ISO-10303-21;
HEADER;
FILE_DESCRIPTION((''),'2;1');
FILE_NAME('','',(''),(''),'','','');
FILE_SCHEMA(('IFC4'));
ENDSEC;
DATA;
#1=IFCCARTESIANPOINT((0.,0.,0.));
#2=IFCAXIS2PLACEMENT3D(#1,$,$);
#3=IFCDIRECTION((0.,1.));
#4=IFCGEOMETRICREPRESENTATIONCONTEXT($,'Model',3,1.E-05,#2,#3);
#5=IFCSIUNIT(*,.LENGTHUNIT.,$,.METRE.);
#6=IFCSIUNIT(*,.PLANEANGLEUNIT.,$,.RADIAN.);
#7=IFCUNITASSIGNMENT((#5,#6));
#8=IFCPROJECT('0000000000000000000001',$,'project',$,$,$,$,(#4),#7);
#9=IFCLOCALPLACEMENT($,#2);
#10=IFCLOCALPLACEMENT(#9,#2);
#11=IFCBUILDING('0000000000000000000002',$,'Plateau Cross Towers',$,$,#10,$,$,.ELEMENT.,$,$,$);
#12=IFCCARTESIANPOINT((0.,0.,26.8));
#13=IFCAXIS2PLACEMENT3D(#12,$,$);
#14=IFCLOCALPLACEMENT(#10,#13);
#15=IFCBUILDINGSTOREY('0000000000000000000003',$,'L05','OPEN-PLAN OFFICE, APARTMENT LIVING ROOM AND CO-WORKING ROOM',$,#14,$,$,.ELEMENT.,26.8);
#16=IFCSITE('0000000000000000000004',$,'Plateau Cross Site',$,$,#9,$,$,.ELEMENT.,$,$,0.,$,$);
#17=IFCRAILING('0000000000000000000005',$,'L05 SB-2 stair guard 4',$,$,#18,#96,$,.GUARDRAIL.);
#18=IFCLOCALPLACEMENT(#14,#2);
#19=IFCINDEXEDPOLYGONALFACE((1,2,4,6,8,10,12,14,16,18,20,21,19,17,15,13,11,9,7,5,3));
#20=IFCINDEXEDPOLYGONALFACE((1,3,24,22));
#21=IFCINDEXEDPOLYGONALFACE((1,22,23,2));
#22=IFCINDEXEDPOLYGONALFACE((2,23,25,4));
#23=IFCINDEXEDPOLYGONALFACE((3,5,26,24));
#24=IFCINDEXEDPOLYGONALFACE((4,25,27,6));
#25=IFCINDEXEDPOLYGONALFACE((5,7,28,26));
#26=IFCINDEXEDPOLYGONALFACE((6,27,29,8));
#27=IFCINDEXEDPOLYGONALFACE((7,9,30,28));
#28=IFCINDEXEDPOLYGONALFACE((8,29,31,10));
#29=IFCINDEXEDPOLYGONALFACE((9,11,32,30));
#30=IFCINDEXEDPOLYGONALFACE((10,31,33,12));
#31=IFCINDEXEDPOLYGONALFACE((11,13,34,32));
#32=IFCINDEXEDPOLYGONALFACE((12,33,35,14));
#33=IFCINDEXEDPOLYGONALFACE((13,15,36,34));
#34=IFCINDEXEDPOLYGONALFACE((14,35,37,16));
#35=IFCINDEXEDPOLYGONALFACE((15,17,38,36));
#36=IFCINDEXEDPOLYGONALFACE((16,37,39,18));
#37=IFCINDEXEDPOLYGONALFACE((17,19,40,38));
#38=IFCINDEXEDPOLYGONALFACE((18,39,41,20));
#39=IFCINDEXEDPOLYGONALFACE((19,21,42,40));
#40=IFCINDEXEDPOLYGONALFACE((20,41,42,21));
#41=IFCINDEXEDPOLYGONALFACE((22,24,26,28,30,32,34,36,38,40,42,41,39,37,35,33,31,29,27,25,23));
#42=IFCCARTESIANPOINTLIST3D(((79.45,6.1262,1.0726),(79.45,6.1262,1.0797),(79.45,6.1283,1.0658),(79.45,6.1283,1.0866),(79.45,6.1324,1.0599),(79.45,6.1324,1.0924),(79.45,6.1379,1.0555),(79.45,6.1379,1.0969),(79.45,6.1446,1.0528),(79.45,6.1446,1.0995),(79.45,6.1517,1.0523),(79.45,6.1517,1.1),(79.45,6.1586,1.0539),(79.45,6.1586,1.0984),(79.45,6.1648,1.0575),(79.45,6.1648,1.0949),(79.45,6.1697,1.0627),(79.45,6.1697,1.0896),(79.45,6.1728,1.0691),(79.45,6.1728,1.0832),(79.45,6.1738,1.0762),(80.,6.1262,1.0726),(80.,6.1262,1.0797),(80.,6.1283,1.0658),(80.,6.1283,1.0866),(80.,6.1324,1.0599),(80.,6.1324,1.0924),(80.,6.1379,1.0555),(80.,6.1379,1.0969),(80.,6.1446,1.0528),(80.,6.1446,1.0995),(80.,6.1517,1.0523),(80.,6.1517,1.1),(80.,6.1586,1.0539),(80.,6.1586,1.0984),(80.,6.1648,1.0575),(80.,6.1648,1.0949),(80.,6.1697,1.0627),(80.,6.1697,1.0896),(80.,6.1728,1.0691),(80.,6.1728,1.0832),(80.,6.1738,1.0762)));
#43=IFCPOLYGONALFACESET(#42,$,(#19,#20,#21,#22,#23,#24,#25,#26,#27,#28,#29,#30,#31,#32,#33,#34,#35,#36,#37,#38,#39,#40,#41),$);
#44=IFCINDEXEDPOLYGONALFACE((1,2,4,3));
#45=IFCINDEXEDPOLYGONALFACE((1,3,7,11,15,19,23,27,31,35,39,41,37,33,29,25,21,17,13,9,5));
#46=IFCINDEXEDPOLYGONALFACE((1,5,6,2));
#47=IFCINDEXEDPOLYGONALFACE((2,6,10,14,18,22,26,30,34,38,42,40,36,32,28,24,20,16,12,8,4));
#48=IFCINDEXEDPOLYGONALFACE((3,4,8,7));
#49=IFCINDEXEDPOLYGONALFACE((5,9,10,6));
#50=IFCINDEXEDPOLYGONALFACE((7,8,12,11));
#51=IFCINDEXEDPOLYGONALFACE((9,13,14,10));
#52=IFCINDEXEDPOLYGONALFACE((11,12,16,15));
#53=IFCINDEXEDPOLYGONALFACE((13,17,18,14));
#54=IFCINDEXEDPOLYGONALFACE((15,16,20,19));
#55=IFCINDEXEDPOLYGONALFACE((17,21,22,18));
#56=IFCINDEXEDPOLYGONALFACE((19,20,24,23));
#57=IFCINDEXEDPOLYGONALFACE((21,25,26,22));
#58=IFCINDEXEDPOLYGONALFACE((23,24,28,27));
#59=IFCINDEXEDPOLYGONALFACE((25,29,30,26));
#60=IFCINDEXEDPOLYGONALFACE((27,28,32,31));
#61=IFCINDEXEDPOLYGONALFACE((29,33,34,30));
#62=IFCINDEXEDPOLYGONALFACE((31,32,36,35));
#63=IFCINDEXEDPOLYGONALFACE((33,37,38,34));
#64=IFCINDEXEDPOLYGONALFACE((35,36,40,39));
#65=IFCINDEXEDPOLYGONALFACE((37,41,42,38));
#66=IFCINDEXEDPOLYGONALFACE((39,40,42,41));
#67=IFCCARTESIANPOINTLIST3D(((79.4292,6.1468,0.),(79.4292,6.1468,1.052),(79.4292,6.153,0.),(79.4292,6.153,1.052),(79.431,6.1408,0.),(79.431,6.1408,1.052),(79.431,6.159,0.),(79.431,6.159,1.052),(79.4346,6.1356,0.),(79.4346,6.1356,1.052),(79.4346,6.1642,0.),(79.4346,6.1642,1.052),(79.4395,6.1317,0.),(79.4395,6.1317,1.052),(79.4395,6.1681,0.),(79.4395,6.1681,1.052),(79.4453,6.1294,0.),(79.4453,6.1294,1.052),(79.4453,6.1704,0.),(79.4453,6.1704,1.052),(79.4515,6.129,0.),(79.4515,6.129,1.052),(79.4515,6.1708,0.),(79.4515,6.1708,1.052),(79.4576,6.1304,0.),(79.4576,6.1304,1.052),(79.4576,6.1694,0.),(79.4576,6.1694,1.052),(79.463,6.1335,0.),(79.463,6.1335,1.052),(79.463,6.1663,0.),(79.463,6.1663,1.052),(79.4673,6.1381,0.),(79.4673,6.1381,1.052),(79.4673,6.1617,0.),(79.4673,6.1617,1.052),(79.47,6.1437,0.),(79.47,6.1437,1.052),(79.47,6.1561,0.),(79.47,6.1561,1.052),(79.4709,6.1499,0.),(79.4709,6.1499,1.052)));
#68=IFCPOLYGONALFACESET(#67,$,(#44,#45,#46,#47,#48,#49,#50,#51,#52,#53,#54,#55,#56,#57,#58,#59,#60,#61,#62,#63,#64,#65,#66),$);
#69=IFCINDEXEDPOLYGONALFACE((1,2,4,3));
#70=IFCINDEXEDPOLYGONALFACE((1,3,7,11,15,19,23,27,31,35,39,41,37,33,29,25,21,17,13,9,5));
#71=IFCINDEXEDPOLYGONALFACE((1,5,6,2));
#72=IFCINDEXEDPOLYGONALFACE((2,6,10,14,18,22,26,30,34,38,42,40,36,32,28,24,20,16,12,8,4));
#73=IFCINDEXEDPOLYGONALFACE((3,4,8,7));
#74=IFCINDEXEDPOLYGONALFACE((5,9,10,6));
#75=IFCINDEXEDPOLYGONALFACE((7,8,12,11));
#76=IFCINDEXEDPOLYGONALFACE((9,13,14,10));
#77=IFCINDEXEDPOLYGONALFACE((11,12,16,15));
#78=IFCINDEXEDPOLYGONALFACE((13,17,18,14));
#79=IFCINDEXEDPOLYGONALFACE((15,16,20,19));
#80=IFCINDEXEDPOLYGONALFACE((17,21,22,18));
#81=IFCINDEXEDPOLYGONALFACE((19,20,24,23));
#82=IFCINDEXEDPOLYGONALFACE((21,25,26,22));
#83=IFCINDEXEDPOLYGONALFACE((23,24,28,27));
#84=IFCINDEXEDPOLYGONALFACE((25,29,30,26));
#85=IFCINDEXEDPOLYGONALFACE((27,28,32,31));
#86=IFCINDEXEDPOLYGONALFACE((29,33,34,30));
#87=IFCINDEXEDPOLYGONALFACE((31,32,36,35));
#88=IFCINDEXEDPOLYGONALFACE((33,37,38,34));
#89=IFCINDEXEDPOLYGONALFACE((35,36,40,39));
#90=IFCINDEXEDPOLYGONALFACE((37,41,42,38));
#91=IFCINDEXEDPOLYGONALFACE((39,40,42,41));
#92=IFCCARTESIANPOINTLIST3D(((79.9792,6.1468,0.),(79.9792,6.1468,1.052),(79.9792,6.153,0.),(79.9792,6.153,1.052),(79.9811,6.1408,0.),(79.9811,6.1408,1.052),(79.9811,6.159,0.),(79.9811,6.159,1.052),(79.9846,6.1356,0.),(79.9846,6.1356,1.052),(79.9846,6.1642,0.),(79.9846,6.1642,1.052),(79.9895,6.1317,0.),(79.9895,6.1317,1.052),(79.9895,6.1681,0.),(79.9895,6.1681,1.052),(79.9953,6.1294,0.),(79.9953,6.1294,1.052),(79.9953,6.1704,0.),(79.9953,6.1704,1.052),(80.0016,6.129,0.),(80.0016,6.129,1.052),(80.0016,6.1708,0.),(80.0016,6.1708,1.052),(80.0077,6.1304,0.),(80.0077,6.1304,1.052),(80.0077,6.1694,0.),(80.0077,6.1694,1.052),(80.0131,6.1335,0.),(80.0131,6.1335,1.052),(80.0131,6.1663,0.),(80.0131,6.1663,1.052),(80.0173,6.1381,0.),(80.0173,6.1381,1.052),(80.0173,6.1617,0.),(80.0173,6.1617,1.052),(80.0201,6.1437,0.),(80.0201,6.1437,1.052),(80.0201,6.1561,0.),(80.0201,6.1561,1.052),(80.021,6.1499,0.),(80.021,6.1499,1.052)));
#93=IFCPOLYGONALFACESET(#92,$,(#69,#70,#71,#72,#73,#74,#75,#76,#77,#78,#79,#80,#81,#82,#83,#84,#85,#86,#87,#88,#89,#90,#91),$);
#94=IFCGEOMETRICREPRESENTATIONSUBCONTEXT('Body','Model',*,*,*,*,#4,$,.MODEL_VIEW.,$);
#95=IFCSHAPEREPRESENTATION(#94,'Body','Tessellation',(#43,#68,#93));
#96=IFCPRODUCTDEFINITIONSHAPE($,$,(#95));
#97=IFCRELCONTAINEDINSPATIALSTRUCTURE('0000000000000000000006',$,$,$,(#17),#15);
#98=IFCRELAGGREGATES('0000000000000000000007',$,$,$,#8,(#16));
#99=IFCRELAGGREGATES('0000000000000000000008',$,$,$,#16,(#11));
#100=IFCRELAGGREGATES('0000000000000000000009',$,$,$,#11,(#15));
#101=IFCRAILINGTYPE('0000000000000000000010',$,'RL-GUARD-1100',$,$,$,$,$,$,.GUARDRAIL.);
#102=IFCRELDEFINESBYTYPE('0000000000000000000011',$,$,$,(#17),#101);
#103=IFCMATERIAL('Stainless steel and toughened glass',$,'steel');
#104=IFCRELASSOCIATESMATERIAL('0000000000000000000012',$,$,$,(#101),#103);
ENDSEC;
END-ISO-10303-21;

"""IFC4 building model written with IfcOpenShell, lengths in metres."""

from ifc_helpers import new_model, si_unit, direction, frame, origin, origin_2d, place, context, subcontext, project, spatial, circle, extrude, material, type_object, element, save


model = new_model("IFC4")

# Units and contexts
model_context = context("Model", 3, precision=1e-05, world=origin(), true_north=direction((0.0, 1.0)))
body_context = subcontext(model_context, "Body", "Model", "MODEL_VIEW")
ifc_project = project(units=[si_unit("LENGTHUNIT", "METRE"), si_unit("PLANEANGLEUNIT", "RADIAN")], contexts=[model_context])

# Site, building, storey
site_placement = place(None, origin())
site = spatial("IfcSite", under=ifc_project, at=site_placement, Name="Plateau Cross Site", CompositionType="ELEMENT", RefElevation=0.0)
building_placement = place(site_placement, origin())
building = spatial("IfcBuilding", under=site, at=building_placement, Name="Plateau Cross Towers", CompositionType="ELEMENT")
storey_placement = place(building_placement, frame((0.0, 0.0, 26.8)))
storey = spatial("IfcBuildingStorey", under=building, at=storey_placement, Name="L05", Description="OPEN-PLAN OFFICE, APARTMENT LIVING ROOM AND CO-WORKING ROOM", CompositionType="ELEMENT", Elevation=26.8)

# Railing
ifc_material_1 = material(Name="Stainless steel and toughened glass", Category="steel")
railing_type_1 = type_object("IfcRailingType", Name="RL-GUARD-1100", PredefinedType="GUARDRAIL", material=ifc_material_1)
railing_1_placement = place(storey_placement, frame((79.45, 6.1499, 0.0)))
element("IfcRailing", 1, at=railing_1_placement, inside=storey, type_object=railing_type_1, Name="L05 SB-2 stair guard 4", PredefinedType="GUARDRAIL", context=body_context, shape_type="SweptSolid", body=[
    extrude(circle(Radius=0.0239, at=origin_2d()), frame((0.0, 0.0, 1.0762), z_axis=(1.0, 0.0, 0.0), x_axis=(0.0, 1.0, 0.0)), (0.0, 0.0, 1.0), 0.55),
    extrude(circle(Radius=0.021, at=origin_2d()), origin(), (0.0, 0.0, 1.0), 1.052),
    extrude(circle(Radius=0.021, at=origin_2d()), frame((0.55, 0.0, 0.0)), (0.0, 0.0, 1.0), 1.052),
])

save(model, "model.ifc")
